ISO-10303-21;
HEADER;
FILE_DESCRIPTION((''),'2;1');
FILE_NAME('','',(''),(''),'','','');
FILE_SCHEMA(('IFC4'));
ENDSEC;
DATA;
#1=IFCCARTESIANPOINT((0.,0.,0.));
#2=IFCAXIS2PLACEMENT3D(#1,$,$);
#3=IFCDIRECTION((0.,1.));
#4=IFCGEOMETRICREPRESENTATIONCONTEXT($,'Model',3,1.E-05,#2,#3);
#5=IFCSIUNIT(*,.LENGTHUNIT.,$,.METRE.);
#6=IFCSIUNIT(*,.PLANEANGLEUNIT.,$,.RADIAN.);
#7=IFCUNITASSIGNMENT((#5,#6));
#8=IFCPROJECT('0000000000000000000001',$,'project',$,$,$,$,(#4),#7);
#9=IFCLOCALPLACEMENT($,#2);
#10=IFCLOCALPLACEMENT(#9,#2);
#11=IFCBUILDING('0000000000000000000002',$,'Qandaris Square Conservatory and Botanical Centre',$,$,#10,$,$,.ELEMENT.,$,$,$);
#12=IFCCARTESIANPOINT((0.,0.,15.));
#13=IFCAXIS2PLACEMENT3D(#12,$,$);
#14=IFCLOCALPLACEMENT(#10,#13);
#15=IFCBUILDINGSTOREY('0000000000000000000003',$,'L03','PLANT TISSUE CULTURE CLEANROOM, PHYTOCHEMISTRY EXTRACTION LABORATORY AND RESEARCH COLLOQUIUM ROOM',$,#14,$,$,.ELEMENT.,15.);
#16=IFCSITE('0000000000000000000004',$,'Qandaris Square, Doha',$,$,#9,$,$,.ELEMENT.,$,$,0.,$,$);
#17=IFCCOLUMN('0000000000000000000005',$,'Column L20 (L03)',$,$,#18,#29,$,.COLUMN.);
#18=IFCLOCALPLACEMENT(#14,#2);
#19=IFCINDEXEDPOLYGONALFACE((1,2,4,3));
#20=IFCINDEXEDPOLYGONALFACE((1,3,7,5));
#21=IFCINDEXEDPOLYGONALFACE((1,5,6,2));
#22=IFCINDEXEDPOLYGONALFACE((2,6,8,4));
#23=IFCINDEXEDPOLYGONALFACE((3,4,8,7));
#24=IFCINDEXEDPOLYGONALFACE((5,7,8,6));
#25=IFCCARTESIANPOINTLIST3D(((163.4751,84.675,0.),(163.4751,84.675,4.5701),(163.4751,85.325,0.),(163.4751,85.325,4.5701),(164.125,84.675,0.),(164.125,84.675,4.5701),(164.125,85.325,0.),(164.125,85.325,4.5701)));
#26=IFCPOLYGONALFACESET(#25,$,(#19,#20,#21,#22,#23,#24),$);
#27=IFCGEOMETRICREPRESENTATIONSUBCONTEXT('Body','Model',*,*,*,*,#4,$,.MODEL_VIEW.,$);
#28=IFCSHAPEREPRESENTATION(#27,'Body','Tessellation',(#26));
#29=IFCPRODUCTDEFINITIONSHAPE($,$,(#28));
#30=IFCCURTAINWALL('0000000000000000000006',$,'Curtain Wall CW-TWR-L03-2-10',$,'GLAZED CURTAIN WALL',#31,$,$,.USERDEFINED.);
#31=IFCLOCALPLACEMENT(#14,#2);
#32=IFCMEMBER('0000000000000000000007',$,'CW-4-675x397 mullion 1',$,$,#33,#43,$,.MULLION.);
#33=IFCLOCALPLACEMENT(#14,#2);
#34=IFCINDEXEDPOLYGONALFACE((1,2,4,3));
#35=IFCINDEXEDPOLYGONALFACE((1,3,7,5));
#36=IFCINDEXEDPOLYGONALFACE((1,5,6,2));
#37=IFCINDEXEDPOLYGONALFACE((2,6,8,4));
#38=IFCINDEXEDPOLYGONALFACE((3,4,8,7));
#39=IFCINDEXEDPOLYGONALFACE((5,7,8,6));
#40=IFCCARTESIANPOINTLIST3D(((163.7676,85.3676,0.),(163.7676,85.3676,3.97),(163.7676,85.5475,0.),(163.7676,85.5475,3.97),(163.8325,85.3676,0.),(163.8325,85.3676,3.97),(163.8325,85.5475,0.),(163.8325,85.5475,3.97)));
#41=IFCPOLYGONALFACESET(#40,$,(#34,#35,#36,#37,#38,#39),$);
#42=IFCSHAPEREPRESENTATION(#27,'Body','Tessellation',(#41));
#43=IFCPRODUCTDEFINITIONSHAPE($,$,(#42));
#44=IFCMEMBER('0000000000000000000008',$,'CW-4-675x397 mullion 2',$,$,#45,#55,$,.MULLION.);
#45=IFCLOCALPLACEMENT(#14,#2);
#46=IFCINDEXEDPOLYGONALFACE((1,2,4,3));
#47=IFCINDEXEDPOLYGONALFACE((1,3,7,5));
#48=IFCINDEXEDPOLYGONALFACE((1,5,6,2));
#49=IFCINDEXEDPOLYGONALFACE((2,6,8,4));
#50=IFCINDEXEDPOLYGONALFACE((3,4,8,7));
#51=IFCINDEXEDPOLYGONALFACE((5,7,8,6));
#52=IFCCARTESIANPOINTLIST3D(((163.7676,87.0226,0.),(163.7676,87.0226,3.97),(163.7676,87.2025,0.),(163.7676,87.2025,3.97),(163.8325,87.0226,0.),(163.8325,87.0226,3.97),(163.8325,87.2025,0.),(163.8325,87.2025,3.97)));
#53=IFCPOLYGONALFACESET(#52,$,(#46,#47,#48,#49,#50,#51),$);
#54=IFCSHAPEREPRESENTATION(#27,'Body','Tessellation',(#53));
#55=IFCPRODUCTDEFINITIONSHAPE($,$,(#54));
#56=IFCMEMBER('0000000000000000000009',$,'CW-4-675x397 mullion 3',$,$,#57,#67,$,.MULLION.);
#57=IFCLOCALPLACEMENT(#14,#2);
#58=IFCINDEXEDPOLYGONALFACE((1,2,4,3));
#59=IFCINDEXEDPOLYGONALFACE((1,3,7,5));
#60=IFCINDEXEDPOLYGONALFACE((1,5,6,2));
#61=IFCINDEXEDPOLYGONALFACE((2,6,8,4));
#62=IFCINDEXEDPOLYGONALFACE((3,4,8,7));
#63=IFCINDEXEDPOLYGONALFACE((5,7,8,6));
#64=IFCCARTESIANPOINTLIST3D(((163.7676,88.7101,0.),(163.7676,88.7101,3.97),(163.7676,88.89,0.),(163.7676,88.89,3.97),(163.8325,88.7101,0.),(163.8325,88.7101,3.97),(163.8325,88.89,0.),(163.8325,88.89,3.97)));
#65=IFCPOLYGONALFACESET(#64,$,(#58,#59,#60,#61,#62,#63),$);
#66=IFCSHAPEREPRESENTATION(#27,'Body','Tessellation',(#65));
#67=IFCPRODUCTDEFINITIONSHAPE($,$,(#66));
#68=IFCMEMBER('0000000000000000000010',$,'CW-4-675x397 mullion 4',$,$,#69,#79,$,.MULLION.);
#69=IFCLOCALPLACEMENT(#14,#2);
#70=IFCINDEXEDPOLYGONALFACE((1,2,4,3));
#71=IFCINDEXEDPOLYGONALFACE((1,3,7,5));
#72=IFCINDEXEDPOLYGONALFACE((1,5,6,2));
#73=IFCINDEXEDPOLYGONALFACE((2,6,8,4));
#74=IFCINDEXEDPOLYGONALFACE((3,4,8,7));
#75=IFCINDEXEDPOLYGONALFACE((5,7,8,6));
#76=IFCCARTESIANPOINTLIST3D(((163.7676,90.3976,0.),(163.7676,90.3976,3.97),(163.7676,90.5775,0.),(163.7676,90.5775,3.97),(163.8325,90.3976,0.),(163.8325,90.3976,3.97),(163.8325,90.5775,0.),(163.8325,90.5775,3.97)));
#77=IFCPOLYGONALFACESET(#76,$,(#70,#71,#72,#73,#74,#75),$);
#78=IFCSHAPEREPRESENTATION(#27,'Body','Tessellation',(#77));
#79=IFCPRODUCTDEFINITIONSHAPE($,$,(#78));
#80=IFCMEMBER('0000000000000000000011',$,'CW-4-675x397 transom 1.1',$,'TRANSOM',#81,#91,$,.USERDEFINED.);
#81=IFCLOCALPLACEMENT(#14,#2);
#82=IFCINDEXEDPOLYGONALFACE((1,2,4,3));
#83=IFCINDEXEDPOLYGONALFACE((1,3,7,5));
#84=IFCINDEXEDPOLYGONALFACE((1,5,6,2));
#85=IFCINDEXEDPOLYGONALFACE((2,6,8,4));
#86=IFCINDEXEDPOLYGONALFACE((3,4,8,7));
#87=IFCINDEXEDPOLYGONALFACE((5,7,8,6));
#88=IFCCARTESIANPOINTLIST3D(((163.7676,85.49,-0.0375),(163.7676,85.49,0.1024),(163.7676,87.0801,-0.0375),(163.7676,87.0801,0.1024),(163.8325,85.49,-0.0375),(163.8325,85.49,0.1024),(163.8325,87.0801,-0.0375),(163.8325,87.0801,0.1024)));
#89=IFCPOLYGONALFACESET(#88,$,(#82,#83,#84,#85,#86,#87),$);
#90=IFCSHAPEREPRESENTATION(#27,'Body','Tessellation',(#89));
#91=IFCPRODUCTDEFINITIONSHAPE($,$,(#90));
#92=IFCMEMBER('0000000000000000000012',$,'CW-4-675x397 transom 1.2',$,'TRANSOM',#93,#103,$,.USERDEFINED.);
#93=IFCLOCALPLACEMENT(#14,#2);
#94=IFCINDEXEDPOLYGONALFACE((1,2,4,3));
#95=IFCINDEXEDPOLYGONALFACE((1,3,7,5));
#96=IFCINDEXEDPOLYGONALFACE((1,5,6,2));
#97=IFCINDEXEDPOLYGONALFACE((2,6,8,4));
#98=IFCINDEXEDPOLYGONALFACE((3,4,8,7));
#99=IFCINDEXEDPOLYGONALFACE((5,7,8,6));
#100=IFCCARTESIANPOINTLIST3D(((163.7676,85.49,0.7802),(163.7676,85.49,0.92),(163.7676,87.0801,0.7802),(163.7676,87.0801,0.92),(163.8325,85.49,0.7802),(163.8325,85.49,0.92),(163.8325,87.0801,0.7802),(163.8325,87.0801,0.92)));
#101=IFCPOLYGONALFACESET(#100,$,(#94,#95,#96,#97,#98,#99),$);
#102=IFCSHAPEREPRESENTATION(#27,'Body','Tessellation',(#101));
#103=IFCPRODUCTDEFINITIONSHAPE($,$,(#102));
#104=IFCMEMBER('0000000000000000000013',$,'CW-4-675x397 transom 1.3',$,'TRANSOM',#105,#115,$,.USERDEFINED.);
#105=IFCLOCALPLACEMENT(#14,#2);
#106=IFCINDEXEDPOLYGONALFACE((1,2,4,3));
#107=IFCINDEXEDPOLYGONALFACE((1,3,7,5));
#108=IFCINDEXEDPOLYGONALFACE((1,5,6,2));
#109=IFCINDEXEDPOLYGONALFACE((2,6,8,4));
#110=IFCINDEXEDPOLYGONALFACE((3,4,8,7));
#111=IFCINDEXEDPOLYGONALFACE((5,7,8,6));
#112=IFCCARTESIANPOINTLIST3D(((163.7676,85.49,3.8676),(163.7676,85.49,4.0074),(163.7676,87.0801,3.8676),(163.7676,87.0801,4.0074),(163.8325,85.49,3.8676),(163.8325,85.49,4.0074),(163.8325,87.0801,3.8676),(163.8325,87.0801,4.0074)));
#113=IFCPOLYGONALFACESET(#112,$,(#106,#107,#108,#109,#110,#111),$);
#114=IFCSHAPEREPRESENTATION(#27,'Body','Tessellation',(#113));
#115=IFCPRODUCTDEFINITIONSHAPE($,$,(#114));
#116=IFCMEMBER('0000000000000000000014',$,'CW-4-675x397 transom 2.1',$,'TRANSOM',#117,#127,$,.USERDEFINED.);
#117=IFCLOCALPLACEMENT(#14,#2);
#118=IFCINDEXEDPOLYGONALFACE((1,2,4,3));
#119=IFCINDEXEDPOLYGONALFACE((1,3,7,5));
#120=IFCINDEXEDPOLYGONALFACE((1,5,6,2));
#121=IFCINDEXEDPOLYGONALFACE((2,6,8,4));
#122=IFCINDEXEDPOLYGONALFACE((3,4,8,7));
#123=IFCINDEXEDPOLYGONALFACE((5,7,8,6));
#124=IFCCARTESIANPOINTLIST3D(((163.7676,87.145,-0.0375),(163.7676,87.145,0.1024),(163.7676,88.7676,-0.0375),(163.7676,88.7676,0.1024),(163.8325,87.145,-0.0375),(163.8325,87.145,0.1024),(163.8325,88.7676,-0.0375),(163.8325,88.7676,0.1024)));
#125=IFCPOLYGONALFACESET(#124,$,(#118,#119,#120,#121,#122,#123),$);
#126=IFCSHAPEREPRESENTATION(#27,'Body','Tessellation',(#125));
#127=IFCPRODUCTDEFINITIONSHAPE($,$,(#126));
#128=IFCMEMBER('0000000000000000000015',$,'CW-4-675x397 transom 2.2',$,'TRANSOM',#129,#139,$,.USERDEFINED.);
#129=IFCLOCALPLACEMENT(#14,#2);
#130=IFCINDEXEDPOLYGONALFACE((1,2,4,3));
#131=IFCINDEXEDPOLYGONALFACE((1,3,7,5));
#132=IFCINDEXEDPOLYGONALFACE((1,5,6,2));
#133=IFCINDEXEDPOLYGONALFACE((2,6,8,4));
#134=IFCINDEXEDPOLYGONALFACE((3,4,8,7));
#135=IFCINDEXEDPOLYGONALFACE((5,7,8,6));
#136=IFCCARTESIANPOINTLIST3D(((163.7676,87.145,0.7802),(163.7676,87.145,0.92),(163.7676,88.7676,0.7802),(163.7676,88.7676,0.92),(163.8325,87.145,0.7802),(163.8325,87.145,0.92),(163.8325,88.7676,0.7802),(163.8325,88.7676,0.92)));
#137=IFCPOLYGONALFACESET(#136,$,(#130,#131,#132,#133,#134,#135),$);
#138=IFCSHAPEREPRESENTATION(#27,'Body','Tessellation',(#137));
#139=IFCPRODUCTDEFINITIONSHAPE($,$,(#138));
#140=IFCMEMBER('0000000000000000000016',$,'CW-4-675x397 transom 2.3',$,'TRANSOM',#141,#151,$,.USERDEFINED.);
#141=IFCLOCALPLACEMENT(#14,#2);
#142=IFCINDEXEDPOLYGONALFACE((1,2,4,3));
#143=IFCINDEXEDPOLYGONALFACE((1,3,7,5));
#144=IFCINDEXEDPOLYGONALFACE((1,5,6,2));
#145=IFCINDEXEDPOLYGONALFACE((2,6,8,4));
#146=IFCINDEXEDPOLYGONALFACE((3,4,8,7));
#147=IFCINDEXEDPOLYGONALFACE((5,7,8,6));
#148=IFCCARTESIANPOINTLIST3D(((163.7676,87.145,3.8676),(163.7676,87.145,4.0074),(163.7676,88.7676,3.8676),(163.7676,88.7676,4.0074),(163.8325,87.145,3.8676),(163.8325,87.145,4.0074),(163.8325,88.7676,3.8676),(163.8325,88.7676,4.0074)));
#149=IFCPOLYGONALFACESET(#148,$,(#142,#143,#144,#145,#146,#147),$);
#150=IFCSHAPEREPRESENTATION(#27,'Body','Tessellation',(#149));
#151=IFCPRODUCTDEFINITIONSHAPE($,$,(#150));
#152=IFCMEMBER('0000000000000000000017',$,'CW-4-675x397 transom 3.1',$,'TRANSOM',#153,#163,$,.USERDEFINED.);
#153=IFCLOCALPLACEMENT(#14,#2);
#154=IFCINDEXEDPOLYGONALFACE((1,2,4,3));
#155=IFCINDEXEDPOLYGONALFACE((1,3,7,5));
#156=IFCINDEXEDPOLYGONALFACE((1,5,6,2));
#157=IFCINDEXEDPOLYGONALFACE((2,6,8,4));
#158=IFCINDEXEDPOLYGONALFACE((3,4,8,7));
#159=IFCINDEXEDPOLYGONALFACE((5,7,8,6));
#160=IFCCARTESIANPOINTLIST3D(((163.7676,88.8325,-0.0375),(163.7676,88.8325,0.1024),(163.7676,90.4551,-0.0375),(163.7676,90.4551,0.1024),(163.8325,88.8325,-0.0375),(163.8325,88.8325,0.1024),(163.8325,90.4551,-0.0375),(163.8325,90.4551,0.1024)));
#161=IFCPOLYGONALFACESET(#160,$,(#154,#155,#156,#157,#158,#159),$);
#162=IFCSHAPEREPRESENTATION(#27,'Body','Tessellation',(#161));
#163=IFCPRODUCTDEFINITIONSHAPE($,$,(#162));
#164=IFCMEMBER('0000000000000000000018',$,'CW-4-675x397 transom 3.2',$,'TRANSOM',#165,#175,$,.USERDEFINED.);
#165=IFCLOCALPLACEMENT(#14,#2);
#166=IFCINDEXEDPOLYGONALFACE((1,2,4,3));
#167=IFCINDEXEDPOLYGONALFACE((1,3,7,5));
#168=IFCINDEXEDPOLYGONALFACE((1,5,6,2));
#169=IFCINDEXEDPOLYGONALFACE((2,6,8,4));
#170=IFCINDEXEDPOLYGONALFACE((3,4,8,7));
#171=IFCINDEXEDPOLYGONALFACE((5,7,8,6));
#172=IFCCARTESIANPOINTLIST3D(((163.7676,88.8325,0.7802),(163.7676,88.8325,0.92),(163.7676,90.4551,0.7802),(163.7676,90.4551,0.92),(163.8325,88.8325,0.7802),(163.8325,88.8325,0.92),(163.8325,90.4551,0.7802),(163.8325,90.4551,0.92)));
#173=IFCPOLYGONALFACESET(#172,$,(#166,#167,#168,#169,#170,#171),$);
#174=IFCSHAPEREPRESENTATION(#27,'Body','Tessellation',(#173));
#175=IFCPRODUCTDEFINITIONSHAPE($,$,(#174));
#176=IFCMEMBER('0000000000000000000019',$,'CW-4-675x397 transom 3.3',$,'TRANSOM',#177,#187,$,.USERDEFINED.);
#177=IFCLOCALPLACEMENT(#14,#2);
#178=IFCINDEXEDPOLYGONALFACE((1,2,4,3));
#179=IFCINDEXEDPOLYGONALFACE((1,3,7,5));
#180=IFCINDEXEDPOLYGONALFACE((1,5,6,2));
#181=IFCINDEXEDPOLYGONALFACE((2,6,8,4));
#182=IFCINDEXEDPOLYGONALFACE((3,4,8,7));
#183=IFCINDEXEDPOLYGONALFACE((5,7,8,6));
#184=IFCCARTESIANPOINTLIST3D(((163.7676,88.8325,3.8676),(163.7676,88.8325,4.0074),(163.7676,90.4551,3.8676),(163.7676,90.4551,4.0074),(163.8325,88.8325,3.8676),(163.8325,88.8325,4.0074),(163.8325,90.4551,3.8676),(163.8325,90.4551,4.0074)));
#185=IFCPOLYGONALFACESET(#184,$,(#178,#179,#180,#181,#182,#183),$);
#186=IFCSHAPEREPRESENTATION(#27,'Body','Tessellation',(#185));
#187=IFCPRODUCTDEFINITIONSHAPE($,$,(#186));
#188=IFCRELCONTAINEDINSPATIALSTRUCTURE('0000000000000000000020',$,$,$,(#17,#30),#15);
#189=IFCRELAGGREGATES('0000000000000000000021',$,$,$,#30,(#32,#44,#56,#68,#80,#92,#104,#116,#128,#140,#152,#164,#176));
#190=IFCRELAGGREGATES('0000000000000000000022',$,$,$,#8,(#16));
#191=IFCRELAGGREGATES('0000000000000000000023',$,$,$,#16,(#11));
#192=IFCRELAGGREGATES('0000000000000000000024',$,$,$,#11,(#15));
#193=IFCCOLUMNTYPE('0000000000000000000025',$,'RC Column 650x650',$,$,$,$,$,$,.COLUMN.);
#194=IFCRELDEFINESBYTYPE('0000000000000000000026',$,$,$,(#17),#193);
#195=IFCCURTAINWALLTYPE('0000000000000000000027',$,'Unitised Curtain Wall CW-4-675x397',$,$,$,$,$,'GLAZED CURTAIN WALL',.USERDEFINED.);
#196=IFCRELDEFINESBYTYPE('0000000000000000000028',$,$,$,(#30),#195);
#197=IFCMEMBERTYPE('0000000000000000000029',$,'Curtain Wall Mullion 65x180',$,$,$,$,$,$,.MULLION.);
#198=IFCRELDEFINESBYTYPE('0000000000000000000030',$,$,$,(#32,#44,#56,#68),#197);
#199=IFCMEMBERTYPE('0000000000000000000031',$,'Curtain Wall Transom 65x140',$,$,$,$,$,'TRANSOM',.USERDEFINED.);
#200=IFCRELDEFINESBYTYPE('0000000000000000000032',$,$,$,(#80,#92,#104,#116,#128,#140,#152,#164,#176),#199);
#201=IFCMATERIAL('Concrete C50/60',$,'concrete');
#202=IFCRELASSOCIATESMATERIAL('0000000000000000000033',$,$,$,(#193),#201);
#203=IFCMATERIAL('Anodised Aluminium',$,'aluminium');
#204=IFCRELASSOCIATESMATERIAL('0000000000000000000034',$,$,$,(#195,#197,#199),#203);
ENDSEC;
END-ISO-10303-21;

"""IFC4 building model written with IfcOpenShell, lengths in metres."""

from ifc_helpers import new_model, si_unit, direction, frame, origin, origin_2d, place, context, subcontext, project, spatial, rectangle, extrude, material, material_profile, profile_set, type_object, element, aggregate, save


model = new_model("IFC4")

# Units and contexts
model_context = context("Model", 3, precision=1e-05, world=origin(), true_north=direction((0.0, 1.0)))
body_context = subcontext(model_context, "Body", "Model", "MODEL_VIEW")
ifc_project = project(units=[si_unit("LENGTHUNIT", "METRE"), si_unit("PLANEANGLEUNIT", "RADIAN")], contexts=[model_context])

# Site, building, storey
site_placement = place(None, origin())
site = spatial("IfcSite", under=ifc_project, at=site_placement, Name="Qandaris Square, Doha", CompositionType="ELEMENT", RefElevation=0.0)
building_placement = place(site_placement, origin())
building = spatial("IfcBuilding", under=site, at=building_placement, Name="Qandaris Square Conservatory and Botanical Centre", CompositionType="ELEMENT")
storey_placement = place(building_placement, frame((0.0, 0.0, 15.0)))
storey = spatial("IfcBuildingStorey", under=building, at=storey_placement, Name="L03", Description="PLANT TISSUE CULTURE CLEANROOM, PHYTOCHEMISTRY EXTRACTION LABORATORY AND RESEARCH COLLOQUIUM ROOM", CompositionType="ELEMENT", Elevation=15.0)

# Column
ifc_material_1 = material(Name="Concrete C50/60", Category="concrete")
ifc_material_profile_1 = material_profile(ifc_material_1, rectangle(XDim=0.6499, YDim=0.6499, at=origin_2d()), Name="RC-COL 650x650")
ifc_profile_set_1 = profile_set([ifc_material_profile_1], Name="Concrete C50/60")
column_type = type_object("IfcColumnType", Name="RC Column 650x650", PredefinedType="COLUMN", material=ifc_profile_set_1)
column_placement = place(storey_placement, frame((163.8, 85.0, 0.0), z_axis=(0.0, 0.0, 1.0), x_axis=(1.0, 0.0, 0.0)))
element("IfcColumn", 1, at=column_placement, inside=storey, type_object=column_type, Name="Column L20 (L03)", PredefinedType="COLUMN", context=body_context, shape_type="SweptSolid", body=[
    extrude(rectangle(XDim=0.6499, YDim=0.6499, at=origin_2d()), origin(), (0.0, 0.0, 1.0), 4.5701),
])

# Curtain wall, members
ifc_material_2 = material(Name="Anodised Aluminium", Category="aluminium")
curtain_wall_type = type_object("IfcCurtainWallType", Name="Unitised Curtain Wall CW-4-675x397", ElementType="GLAZED CURTAIN WALL", PredefinedType="USERDEFINED", material=ifc_material_2)
curtain_wall_placement = place(storey_placement, origin())
curtain_wall = element("IfcCurtainWall", 2, at=curtain_wall_placement, inside=storey, type_object=curtain_wall_type, Name="Curtain Wall CW-TWR-L03-2-10", ObjectType="GLAZED CURTAIN WALL", PredefinedType="USERDEFINED")
ifc_material_profile_2 = material_profile(ifc_material_2, rectangle(XDim=0.0649, YDim=0.1799, at=origin_2d()), Name="ALU-MUL 65x180")
ifc_profile_set_2 = profile_set([ifc_material_profile_2], Name="Anodised Aluminium")
member_type_1 = type_object("IfcMemberType", Name="Curtain Wall Mullion 65x180", PredefinedType="MULLION", material=ifc_profile_set_2)
member_1_placement = place(storey_placement, frame((163.8, 85.4575, 0.0), z_axis=(0.0, 0.0, 1.0), x_axis=(-1.0, 0.0, 0.0)))
member_1 = element("IfcMember", 3, at=member_1_placement, type_object=member_type_1, Name="CW-4-675x397 mullion 1", PredefinedType="MULLION", context=body_context, shape_type="SweptSolid", body=[
    extrude(rectangle(XDim=0.0649, YDim=0.1799, at=origin_2d()), origin(), (0.0, 0.0, 1.0), 3.97),
])
member_2_placement = place(storey_placement, frame((163.8, 87.1125, 0.0), z_axis=(0.0, 0.0, 1.0), x_axis=(-1.0, 0.0, 0.0)))
member_2 = element("IfcMember", 4, at=member_2_placement, type_object=member_type_1, Name="CW-4-675x397 mullion 2", PredefinedType="MULLION", context=body_context, shape_type="SweptSolid", body=[
    extrude(rectangle(XDim=0.0649, YDim=0.1799, at=origin_2d()), origin(), (0.0, 0.0, 1.0), 3.97),
])
member_3_placement = place(storey_placement, frame((163.8, 88.8, 0.0), z_axis=(0.0, 0.0, 1.0), x_axis=(-1.0, 0.0, 0.0)))
member_3 = element("IfcMember", 5, at=member_3_placement, type_object=member_type_1, Name="CW-4-675x397 mullion 3", PredefinedType="MULLION", context=body_context, shape_type="SweptSolid", body=[
    extrude(rectangle(XDim=0.0649, YDim=0.1799, at=origin_2d()), origin(), (0.0, 0.0, 1.0), 3.97),
])
member_4_placement = place(storey_placement, frame((163.8, 90.4875, 0.0), z_axis=(0.0, 0.0, 1.0), x_axis=(-1.0, 0.0, 0.0)))
member_4 = element("IfcMember", 6, at=member_4_placement, type_object=member_type_1, Name="CW-4-675x397 mullion 4", PredefinedType="MULLION", context=body_context, shape_type="SweptSolid", body=[
    extrude(rectangle(XDim=0.0649, YDim=0.1799, at=origin_2d()), origin(), (0.0, 0.0, 1.0), 3.97),
])
ifc_material_profile_3 = material_profile(ifc_material_2, rectangle(XDim=0.0649, YDim=0.1399, at=origin_2d()), Name="ALU-TRN 65x140")
ifc_profile_set_3 = profile_set([ifc_material_profile_3], Name="Anodised Aluminium")
member_type_2 = type_object("IfcMemberType", Name="Curtain Wall Transom 65x140", ElementType="TRANSOM", PredefinedType="USERDEFINED", material=ifc_profile_set_3)
member_5_placement = place(storey_placement, frame((163.8, 85.49, 0.0325), z_axis=(0.0, 1.0, 0.0), x_axis=(-1.0, 0.0, 0.0)))
member_5 = element("IfcMember", 7, at=member_5_placement, type_object=member_type_2, Name="CW-4-675x397 transom 1.1", ObjectType="TRANSOM", PredefinedType="USERDEFINED", context=body_context, shape_type="SweptSolid", body=[
    extrude(rectangle(XDim=0.0649, YDim=0.1399, at=origin_2d()), origin(), (0.0, 0.0, 1.0), 1.5901),
])
member_6_placement = place(storey_placement, frame((163.8, 85.49, 0.8501), z_axis=(0.0, 1.0, 0.0), x_axis=(-1.0, 0.0, 0.0)))
member_6 = element("IfcMember", 8, at=member_6_placement, type_object=member_type_2, Name="CW-4-675x397 transom 1.2", ObjectType="TRANSOM", PredefinedType="USERDEFINED", context=body_context, shape_type="SweptSolid", body=[
    extrude(rectangle(XDim=0.0649, YDim=0.1399, at=origin_2d()), origin(), (0.0, 0.0, 1.0), 1.5901),
])
member_7_placement = place(storey_placement, frame((163.8, 85.49, 3.9375), z_axis=(0.0, 1.0, 0.0), x_axis=(-1.0, 0.0, 0.0)))
member_7 = element("IfcMember", 9, at=member_7_placement, type_object=member_type_2, Name="CW-4-675x397 transom 1.3", ObjectType="TRANSOM", PredefinedType="USERDEFINED", context=body_context, shape_type="SweptSolid", body=[
    extrude(rectangle(XDim=0.0649, YDim=0.1399, at=origin_2d()), origin(), (0.0, 0.0, 1.0), 1.5901),
])
member_8_placement = place(storey_placement, frame((163.8, 87.145, 0.0325), z_axis=(0.0, 1.0, 0.0), x_axis=(-1.0, 0.0, 0.0)))
member_8 = element("IfcMember", 10, at=member_8_placement, type_object=member_type_2, Name="CW-4-675x397 transom 2.1", ObjectType="TRANSOM", PredefinedType="USERDEFINED", context=body_context, shape_type="SweptSolid", body=[
    extrude(rectangle(XDim=0.0649, YDim=0.1399, at=origin_2d()), origin(), (0.0, 0.0, 1.0), 1.6226),
])
member_9_placement = place(storey_placement, frame((163.8, 87.145, 0.8501), z_axis=(0.0, 1.0, 0.0), x_axis=(-1.0, 0.0, 0.0)))
member_9 = element("IfcMember", 11, at=member_9_placement, type_object=member_type_2, Name="CW-4-675x397 transom 2.2", ObjectType="TRANSOM", PredefinedType="USERDEFINED", context=body_context, shape_type="SweptSolid", body=[
    extrude(rectangle(XDim=0.0649, YDim=0.1399, at=origin_2d()), origin(), (0.0, 0.0, 1.0), 1.6226),
])
member_10_placement = place(storey_placement, frame((163.8, 87.145, 3.9375), z_axis=(0.0, 1.0, 0.0), x_axis=(-1.0, 0.0, 0.0)))
member_10 = element("IfcMember", 12, at=member_10_placement, type_object=member_type_2, Name="CW-4-675x397 transom 2.3", ObjectType="TRANSOM", PredefinedType="USERDEFINED", context=body_context, shape_type="SweptSolid", body=[
    extrude(rectangle(XDim=0.0649, YDim=0.1399, at=origin_2d()), origin(), (0.0, 0.0, 1.0), 1.6226),
])
member_11_placement = place(storey_placement, frame((163.8, 88.8325, 0.0325), z_axis=(0.0, 1.0, 0.0), x_axis=(-1.0, 0.0, 0.0)))
member_11 = element("IfcMember", 13, at=member_11_placement, type_object=member_type_2, Name="CW-4-675x397 transom 3.1", ObjectType="TRANSOM", PredefinedType="USERDEFINED", context=body_context, shape_type="SweptSolid", body=[
    extrude(rectangle(XDim=0.0649, YDim=0.1399, at=origin_2d()), origin(), (0.0, 0.0, 1.0), 1.6226),
])
member_12_placement = place(storey_placement, frame((163.8, 88.8325, 0.8501), z_axis=(0.0, 1.0, 0.0), x_axis=(-1.0, 0.0, 0.0)))
member_12 = element("IfcMember", 14, at=member_12_placement, type_object=member_type_2, Name="CW-4-675x397 transom 3.2", ObjectType="TRANSOM", PredefinedType="USERDEFINED", context=body_context, shape_type="SweptSolid", body=[
    extrude(rectangle(XDim=0.0649, YDim=0.1399, at=origin_2d()), origin(), (0.0, 0.0, 1.0), 1.6226),
])
member_13_placement = place(storey_placement, frame((163.8, 88.8325, 3.9375), z_axis=(0.0, 1.0, 0.0), x_axis=(-1.0, 0.0, 0.0)))
member_13 = element("IfcMember", 15, at=member_13_placement, type_object=member_type_2, Name="CW-4-675x397 transom 3.3", ObjectType="TRANSOM", PredefinedType="USERDEFINED", context=body_context, shape_type="SweptSolid", body=[
    extrude(rectangle(XDim=0.0649, YDim=0.1399, at=origin_2d()), origin(), (0.0, 0.0, 1.0), 1.6226),
])

aggregate(curtain_wall, [member_1, member_2, member_3, member_4, member_5, member_6, member_7, member_8, member_9, member_10, member_11, member_12, member_13])

save(model, "model.ifc")
